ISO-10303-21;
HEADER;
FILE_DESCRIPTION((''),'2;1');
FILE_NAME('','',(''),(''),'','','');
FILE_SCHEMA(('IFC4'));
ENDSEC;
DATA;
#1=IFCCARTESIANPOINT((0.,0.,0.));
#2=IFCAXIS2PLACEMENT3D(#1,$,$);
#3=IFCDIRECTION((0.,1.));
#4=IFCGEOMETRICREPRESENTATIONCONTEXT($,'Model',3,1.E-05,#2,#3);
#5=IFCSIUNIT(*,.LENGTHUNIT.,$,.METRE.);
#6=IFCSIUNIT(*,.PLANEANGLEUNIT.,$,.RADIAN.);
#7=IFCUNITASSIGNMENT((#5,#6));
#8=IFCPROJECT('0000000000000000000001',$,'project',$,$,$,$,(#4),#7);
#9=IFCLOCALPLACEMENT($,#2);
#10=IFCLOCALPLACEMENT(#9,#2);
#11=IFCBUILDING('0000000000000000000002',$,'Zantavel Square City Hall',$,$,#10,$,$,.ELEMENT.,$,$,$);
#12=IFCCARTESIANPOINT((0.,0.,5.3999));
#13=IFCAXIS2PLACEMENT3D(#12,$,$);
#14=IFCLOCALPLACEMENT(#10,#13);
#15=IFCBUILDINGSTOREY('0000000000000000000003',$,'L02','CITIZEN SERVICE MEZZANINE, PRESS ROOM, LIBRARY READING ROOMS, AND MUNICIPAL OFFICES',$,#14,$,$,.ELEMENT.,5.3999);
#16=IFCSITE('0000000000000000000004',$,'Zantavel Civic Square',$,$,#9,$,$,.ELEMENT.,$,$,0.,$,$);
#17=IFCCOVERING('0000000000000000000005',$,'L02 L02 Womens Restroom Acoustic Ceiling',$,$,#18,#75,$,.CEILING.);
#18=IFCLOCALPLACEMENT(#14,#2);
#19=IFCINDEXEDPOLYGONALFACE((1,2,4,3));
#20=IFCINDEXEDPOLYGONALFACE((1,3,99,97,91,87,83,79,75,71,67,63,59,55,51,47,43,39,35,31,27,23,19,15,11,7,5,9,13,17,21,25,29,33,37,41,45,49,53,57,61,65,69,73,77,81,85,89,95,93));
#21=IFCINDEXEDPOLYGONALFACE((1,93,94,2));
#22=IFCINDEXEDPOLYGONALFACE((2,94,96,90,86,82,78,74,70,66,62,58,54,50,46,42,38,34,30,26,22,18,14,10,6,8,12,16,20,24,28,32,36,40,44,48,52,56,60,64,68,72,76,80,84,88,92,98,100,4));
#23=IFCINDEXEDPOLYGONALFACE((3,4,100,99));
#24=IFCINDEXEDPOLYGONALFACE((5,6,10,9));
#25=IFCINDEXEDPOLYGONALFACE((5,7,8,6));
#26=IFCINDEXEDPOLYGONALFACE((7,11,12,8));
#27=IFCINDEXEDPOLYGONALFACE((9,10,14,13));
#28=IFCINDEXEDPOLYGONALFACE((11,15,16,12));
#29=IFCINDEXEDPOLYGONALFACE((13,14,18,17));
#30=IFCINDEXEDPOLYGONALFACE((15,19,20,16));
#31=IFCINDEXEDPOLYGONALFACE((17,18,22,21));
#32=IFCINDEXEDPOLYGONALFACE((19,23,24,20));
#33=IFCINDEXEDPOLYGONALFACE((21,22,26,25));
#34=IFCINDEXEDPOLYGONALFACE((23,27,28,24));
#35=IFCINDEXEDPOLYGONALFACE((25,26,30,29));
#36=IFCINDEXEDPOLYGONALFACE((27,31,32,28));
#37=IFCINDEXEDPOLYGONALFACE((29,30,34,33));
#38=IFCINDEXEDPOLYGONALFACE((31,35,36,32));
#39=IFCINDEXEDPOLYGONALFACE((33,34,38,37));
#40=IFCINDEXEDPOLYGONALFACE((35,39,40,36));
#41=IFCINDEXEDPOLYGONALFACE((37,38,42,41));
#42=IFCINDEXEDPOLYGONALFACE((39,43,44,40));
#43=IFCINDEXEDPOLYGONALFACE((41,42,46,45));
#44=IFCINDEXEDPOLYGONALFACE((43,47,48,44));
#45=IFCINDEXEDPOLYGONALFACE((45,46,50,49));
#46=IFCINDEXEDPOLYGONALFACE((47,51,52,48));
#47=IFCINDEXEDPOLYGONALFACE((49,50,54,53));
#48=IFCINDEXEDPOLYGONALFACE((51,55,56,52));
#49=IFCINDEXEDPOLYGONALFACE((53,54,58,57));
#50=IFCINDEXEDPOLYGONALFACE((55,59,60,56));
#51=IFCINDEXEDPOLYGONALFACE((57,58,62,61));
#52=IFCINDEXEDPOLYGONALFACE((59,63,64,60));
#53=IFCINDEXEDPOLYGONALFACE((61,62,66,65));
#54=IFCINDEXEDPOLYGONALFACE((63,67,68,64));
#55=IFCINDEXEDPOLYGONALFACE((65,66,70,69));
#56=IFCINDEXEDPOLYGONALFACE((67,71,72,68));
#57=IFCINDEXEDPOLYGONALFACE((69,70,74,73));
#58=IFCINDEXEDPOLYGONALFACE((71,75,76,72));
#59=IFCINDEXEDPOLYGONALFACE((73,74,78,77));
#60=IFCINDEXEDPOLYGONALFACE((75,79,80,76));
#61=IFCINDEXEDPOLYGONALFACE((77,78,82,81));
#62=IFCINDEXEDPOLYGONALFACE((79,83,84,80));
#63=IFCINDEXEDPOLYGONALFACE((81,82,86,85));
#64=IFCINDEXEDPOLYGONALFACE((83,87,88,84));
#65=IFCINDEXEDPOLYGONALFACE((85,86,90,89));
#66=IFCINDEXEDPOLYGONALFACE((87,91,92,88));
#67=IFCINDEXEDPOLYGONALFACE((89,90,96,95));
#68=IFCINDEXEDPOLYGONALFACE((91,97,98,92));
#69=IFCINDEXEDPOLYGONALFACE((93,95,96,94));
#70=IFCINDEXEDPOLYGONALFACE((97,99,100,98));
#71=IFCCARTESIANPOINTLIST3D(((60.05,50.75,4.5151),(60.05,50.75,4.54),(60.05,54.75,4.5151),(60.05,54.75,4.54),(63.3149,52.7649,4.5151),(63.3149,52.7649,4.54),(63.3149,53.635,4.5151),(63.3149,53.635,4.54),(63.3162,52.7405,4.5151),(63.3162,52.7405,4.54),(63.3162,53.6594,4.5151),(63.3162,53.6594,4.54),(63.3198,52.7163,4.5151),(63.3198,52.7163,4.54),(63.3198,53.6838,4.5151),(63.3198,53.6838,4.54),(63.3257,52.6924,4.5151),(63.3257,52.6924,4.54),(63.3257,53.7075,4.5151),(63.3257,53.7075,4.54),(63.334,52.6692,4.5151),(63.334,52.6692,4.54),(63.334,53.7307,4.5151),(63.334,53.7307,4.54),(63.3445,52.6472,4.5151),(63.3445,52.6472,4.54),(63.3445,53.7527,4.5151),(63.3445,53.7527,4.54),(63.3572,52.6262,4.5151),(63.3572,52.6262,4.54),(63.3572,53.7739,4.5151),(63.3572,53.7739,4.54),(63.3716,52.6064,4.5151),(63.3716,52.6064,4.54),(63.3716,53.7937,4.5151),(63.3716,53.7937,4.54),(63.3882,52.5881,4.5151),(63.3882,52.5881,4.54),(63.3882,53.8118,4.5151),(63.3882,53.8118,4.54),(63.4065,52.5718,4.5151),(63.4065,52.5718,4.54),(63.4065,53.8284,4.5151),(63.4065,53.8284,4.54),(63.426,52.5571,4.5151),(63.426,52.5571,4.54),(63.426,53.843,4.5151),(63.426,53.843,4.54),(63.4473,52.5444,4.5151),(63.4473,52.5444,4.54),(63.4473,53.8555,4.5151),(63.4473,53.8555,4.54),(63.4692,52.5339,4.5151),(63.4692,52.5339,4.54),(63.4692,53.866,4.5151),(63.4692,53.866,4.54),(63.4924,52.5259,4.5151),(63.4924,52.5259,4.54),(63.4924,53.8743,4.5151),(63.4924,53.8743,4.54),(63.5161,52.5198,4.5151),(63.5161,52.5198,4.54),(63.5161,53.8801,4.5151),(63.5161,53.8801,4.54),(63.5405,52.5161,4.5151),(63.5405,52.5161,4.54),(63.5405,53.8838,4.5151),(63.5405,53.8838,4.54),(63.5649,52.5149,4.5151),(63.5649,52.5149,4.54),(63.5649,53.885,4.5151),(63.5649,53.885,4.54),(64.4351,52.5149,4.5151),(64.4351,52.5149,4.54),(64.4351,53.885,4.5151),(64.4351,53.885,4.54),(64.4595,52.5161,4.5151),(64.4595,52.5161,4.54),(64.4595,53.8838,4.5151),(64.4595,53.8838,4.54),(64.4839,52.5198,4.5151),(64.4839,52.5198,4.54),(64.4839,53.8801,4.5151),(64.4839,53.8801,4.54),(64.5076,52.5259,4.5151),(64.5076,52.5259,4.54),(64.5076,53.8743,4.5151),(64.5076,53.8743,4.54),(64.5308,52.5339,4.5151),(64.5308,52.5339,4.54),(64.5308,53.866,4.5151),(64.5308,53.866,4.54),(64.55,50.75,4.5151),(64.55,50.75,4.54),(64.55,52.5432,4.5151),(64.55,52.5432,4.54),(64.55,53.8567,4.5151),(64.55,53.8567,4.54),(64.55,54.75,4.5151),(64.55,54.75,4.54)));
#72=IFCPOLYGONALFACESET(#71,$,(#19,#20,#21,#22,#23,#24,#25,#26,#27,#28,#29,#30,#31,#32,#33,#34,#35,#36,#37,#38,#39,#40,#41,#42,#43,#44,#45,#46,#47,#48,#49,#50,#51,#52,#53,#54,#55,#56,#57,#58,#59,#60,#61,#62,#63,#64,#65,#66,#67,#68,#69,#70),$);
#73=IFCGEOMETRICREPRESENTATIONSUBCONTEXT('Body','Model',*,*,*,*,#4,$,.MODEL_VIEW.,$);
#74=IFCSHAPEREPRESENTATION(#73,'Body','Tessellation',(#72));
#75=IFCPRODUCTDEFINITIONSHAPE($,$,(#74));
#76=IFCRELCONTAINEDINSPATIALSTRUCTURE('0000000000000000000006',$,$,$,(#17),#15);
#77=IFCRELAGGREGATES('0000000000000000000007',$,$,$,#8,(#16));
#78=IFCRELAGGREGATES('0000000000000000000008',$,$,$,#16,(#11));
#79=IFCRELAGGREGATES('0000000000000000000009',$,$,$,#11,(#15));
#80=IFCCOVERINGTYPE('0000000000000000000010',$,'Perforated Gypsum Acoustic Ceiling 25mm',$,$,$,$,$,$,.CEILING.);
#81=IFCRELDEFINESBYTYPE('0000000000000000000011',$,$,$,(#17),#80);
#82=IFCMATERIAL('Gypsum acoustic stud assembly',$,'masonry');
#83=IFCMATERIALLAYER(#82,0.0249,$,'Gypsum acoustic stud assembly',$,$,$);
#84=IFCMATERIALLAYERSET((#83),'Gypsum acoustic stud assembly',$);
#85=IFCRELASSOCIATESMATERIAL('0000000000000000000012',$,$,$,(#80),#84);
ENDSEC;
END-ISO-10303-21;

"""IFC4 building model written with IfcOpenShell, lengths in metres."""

from ifc_helpers import new_model, si_unit, direction, frame, origin, place, context, subcontext, project, spatial, polyline, outline, extrude, material, layer, layer_set, type_object, element, save


model = new_model("IFC4")

# Units and contexts
model_context = context("Model", 3, precision=1e-05, world=origin(), true_north=direction((0.0, 1.0)))
body_context = subcontext(model_context, "Body", "Model", "MODEL_VIEW")
ifc_project = project(units=[si_unit("LENGTHUNIT", "METRE"), si_unit("PLANEANGLEUNIT", "RADIAN")], contexts=[model_context])

# Site, building, storey
site_placement = place(None, origin())
site = spatial("IfcSite", under=ifc_project, at=site_placement, Name="Zantavel Civic Square", CompositionType="ELEMENT", RefElevation=0.0)
building_placement = place(site_placement, origin())
building = spatial("IfcBuilding", under=site, at=building_placement, Name="Zantavel Square City Hall", CompositionType="ELEMENT")
storey_placement = place(building_placement, frame((0.0, 0.0, 5.3999)))
storey = spatial("IfcBuildingStorey", under=building, at=storey_placement, Name="L02", Description="CITIZEN SERVICE MEZZANINE, PRESS ROOM, LIBRARY READING ROOMS, AND MUNICIPAL OFFICES", CompositionType="ELEMENT", Elevation=5.3999)

# Covering
ifc_material_1 = material(Name="Gypsum acoustic stud assembly", Category="masonry")
ifc_layer_1 = layer(ifc_material_1, 0.0249, Name="Gypsum acoustic stud assembly")
ifc_layer_set_1 = layer_set([ifc_layer_1], Name="Gypsum acoustic stud assembly")
covering_type_1 = type_object("IfcCoveringType", Name="Perforated Gypsum Acoustic Ceiling 25mm", PredefinedType="CEILING", material=ifc_layer_set_1)
covering_1_placement = place(storey_placement, frame((0.0, 0.0, 4.5151)))
element("IfcCovering", 1, at=covering_1_placement, inside=storey, type_object=covering_type_1, Name="L02 L02 Womens Restroom Acoustic Ceiling", PredefinedType="CEILING", context=body_context, shape_type="SweptSolid", body=[
    extrude(outline(polyline([(60.05, 54.75), (64.55, 54.75), (64.55, 53.8567), (64.5308, 53.866), (64.5076, 53.8743), (64.4839, 53.8801), (64.4595, 53.8838), (64.4351, 53.885), (63.5649, 53.885), (63.5405, 53.8838), (63.5161, 53.8801), (63.4924, 53.8743), (63.4692, 53.866), (63.4473, 53.8555), (63.426, 53.843), (63.4065, 53.8284), (63.3882, 53.8118), (63.3716, 53.7937), (63.3572, 53.7739), (63.3445, 53.7527), (63.334, 53.7307), (63.3257, 53.7075), (63.3198, 53.6838), (63.3162, 53.6594), (63.3149, 53.635), (63.3149, 52.7649), (63.3162, 52.7405), (63.3198, 52.7163), (63.3257, 52.6924), (63.334, 52.6692), (63.3445, 52.6472), (63.3572, 52.6262), (63.3716, 52.6064), (63.3882, 52.5881), (63.4065, 52.5718), (63.426, 52.5571), (63.4473, 52.5444), (63.4692, 52.5339), (63.4924, 52.5259), (63.5161, 52.5198), (63.5405, 52.5161), (63.5649, 52.5149), (64.4351, 52.5149), (64.4595, 52.5161), (64.4839, 52.5198), (64.5076, 52.5259), (64.5308, 52.5339), (64.55, 52.5432), (64.55, 50.75), (60.05, 50.75), (60.05, 54.75)])), origin(), (0.0, 0.0, 1.0), 0.0249),
])

save(model, "model.ifc")
